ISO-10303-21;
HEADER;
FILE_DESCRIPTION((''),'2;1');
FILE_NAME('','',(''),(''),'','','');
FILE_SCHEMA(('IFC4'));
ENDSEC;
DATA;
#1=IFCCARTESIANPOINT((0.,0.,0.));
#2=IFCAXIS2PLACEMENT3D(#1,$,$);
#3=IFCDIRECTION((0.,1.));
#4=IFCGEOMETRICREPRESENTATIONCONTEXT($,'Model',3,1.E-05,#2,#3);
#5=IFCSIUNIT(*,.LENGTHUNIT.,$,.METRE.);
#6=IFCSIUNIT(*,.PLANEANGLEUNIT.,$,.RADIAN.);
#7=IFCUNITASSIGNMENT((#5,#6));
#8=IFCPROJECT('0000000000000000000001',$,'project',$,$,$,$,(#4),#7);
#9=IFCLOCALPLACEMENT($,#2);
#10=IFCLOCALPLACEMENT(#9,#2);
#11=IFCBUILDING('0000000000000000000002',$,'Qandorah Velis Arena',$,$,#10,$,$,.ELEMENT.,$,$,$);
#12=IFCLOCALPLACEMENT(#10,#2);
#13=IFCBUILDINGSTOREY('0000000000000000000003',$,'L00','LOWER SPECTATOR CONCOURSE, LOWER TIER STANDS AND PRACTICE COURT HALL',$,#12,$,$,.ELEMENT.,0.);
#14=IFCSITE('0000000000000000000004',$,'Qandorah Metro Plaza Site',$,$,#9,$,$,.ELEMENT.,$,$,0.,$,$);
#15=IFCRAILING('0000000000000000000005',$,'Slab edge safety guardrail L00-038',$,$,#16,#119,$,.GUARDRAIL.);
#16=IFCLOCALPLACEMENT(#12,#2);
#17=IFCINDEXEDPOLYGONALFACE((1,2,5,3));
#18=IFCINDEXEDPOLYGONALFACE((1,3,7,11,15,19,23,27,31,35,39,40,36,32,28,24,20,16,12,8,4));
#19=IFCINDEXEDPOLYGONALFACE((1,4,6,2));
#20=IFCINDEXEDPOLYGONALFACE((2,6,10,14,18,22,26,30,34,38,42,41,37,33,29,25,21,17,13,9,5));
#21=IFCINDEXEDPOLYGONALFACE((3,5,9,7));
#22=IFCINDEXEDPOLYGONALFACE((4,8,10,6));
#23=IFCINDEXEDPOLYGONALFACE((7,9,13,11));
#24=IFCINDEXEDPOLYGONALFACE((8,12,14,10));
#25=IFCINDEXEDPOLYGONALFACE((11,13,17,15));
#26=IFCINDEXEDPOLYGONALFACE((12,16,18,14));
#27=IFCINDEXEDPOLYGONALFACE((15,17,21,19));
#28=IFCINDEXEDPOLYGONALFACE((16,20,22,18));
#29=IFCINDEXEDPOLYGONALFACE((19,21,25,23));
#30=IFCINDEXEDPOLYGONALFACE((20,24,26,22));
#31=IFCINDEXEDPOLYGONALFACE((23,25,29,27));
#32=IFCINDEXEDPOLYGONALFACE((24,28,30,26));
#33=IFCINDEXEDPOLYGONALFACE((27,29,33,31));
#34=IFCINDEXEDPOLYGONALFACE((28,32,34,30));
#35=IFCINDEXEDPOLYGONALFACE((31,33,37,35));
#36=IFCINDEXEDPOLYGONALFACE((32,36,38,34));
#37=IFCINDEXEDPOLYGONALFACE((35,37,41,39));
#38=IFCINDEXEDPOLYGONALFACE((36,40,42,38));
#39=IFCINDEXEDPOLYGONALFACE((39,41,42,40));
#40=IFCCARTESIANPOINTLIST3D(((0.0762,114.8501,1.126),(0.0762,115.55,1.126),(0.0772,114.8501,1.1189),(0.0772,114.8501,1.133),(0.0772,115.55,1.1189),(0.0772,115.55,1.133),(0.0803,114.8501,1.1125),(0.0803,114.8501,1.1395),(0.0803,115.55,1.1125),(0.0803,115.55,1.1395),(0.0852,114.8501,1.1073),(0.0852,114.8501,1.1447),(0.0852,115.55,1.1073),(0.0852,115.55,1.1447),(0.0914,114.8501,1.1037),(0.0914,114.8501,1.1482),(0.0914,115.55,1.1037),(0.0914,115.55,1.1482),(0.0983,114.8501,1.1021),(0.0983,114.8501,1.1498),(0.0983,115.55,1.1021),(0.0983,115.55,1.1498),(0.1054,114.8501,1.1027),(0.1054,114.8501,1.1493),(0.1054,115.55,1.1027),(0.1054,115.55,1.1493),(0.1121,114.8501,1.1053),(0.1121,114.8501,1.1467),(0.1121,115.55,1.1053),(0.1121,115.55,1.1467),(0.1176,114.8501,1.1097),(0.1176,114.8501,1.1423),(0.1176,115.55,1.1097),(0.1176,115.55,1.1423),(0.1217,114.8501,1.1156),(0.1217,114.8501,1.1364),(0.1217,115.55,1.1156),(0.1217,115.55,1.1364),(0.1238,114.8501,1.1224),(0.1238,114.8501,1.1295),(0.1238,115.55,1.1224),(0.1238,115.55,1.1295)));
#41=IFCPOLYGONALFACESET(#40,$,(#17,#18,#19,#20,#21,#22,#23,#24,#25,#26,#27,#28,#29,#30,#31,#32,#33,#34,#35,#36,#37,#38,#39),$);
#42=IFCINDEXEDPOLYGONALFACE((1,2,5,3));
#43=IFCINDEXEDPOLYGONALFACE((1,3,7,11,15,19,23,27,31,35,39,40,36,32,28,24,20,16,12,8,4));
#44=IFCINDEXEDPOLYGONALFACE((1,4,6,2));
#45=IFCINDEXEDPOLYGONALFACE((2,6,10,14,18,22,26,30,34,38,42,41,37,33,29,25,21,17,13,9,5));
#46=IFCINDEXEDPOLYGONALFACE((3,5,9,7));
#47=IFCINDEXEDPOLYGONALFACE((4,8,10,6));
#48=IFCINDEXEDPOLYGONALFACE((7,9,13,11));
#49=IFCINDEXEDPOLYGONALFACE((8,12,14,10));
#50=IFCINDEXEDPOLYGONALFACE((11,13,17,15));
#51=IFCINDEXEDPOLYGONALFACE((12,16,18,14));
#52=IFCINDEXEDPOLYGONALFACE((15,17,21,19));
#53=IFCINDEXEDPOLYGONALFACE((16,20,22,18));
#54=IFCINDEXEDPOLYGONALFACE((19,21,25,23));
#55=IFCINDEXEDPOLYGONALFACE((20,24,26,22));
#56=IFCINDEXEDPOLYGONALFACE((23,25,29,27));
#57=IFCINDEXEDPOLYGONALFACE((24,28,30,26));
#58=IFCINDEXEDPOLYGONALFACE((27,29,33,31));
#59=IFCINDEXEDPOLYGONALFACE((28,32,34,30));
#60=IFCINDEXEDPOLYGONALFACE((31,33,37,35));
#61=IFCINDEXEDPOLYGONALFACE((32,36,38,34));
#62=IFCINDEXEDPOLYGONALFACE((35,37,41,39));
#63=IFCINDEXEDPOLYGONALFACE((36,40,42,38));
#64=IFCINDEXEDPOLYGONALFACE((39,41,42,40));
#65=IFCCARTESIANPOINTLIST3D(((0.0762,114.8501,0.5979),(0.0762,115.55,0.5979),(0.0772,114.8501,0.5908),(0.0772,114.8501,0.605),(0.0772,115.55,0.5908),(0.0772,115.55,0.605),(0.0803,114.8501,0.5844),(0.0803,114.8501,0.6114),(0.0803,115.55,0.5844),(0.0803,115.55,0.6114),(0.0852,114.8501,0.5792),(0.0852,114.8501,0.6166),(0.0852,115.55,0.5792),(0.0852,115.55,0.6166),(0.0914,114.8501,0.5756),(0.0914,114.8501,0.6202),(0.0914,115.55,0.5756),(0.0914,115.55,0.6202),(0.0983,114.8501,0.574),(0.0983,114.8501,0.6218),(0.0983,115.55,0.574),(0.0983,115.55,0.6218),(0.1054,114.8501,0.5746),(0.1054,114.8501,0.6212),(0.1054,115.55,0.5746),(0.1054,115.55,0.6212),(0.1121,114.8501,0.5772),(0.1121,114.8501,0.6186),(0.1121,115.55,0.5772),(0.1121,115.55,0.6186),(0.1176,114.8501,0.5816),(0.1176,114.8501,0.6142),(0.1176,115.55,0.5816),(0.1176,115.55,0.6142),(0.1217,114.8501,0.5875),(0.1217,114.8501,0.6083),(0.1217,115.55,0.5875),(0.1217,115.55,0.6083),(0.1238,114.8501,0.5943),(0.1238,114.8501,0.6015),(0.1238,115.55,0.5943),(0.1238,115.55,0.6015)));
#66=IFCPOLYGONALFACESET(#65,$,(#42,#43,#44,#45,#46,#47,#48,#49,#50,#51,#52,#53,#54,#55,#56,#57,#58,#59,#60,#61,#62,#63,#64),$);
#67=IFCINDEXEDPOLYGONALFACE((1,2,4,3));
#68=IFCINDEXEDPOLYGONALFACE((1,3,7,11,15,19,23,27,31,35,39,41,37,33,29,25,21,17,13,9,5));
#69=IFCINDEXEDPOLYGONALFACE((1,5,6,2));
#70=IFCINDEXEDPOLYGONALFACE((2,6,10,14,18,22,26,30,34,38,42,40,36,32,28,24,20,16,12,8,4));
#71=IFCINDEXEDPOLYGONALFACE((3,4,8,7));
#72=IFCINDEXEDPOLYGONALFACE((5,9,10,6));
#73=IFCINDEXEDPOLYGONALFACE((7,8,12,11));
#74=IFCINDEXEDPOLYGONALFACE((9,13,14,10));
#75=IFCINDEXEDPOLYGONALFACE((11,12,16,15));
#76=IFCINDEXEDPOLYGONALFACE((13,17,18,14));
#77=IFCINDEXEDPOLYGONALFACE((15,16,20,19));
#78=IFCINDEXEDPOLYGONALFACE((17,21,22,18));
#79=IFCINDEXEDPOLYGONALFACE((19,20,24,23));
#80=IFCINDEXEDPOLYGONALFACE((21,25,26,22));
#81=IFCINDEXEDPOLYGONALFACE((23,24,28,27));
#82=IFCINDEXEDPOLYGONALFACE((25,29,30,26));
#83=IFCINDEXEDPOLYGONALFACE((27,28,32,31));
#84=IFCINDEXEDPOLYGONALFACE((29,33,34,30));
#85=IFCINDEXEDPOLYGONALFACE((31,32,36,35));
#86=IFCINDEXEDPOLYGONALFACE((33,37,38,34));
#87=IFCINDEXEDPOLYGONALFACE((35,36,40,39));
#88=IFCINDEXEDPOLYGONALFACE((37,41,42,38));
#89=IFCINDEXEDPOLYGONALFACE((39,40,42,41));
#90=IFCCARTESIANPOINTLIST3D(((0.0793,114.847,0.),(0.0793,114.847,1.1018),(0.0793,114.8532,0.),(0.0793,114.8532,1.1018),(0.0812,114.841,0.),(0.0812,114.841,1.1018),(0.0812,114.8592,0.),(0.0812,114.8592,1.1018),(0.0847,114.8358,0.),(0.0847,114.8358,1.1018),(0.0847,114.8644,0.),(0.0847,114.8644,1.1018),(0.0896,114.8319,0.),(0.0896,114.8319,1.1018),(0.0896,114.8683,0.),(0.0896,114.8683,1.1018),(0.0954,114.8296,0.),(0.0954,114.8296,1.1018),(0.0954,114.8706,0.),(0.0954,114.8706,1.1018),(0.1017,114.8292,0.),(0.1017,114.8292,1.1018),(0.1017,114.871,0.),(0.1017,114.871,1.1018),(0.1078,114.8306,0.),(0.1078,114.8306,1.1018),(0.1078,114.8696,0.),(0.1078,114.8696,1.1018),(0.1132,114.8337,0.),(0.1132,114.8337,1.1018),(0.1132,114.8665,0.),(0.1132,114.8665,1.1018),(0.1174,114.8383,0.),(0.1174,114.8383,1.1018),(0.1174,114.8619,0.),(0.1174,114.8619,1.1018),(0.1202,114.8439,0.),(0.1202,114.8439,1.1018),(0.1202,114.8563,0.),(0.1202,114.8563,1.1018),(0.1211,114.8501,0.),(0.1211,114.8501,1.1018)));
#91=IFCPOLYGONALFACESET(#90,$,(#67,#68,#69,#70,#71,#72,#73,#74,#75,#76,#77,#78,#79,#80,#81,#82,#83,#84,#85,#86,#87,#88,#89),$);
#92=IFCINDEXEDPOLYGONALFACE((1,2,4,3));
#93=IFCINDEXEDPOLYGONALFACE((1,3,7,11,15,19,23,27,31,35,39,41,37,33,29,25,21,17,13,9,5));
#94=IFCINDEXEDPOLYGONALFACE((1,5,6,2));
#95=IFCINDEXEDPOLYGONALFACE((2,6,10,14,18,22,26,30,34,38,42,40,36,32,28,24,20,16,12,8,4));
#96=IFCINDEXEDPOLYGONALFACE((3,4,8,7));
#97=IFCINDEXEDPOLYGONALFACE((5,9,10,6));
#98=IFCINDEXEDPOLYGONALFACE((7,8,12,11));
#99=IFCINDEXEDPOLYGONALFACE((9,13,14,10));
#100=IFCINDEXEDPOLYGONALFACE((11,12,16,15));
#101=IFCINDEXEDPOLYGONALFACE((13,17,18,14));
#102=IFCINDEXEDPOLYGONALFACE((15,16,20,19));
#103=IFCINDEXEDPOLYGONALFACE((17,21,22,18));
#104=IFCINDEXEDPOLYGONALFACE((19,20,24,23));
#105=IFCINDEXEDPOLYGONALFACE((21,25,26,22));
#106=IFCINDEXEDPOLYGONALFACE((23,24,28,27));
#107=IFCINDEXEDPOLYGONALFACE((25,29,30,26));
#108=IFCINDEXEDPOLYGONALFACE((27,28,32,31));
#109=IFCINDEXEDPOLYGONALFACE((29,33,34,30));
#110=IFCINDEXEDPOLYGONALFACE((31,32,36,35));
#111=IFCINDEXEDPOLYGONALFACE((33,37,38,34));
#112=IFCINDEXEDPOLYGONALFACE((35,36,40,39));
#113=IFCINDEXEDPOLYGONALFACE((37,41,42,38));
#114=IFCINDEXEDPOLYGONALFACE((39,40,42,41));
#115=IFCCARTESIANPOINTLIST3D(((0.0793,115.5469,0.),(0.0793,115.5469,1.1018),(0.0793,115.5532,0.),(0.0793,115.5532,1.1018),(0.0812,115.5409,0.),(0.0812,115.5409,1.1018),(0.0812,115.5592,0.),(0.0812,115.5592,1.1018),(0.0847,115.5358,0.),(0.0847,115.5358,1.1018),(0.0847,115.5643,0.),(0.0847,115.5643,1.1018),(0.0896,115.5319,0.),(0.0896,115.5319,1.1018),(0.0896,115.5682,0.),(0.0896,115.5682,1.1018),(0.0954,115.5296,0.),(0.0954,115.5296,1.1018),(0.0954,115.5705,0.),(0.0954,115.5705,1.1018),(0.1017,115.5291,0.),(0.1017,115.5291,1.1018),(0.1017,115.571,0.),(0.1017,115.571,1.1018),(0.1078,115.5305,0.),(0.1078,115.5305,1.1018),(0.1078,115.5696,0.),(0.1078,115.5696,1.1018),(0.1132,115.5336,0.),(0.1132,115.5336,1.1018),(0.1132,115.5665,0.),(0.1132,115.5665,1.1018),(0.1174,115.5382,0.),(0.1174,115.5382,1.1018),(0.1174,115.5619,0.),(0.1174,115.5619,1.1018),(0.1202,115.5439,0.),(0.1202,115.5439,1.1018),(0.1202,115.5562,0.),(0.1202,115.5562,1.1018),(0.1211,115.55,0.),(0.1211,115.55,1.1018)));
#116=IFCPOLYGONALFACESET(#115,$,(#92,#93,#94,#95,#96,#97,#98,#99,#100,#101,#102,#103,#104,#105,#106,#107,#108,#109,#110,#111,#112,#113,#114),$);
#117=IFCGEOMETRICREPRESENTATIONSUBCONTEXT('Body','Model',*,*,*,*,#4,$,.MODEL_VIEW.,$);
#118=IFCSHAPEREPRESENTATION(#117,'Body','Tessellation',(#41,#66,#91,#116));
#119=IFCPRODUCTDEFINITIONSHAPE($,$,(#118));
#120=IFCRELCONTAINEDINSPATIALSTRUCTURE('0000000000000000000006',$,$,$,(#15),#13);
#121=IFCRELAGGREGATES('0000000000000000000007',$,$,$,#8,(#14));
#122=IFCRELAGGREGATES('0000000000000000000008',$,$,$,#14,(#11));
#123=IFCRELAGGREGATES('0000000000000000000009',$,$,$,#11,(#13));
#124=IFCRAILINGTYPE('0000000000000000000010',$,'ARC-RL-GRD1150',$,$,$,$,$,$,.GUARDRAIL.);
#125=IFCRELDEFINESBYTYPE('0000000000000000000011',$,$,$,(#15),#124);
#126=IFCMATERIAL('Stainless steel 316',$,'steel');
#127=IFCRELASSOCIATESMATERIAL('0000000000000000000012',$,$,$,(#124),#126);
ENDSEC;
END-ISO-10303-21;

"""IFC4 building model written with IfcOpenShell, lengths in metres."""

from ifc_helpers import new_model, si_unit, direction, frame, origin, origin_2d, place, context, subcontext, project, spatial, circle, extrude, material, type_object, element, save


model = new_model("IFC4")

# Units and contexts
model_context = context("Model", 3, precision=1e-05, world=origin(), true_north=direction((0.0, 1.0)))
body_context = subcontext(model_context, "Body", "Model", "MODEL_VIEW")
ifc_project = project(units=[si_unit("LENGTHUNIT", "METRE"), si_unit("PLANEANGLEUNIT", "RADIAN")], contexts=[model_context])

# Site, building, storey
site_placement = place(None, origin())
site = spatial("IfcSite", under=ifc_project, at=site_placement, Name="Qandorah Metro Plaza Site", CompositionType="ELEMENT", RefElevation=0.0)
building_placement = place(site_placement, origin())
building = spatial("IfcBuilding", under=site, at=building_placement, Name="Qandorah Velis Arena", CompositionType="ELEMENT")
storey_placement = place(building_placement, origin())
storey = spatial("IfcBuildingStorey", under=building, at=storey_placement, Name="L00", Description="LOWER SPECTATOR CONCOURSE, LOWER TIER STANDS AND PRACTICE COURT HALL", CompositionType="ELEMENT", Elevation=0.0)

# Railing
ifc_material_1 = material(Name="Stainless steel 316", Category="steel")
railing_type = type_object("IfcRailingType", Name="ARC-RL-GRD1150", PredefinedType="GUARDRAIL", material=ifc_material_1)
railing_1_placement = place(storey_placement, frame((0.1001, 114.8501, 0.0)))
element("IfcRailing", 1, at=railing_1_placement, inside=storey, type_object=railing_type, Name="Slab edge safety guardrail L00-038", PredefinedType="GUARDRAIL", context=body_context, shape_type="SweptSolid", body=[
    extrude(circle(Radius=0.0239, at=origin_2d()), frame((0.0, 0.0, 1.126), z_axis=(0.0, 1.0, 0.0), x_axis=(-1.0, 0.0, 0.0)), (0.0, 0.0, 1.0), 0.7),
    extrude(circle(Radius=0.0239, at=origin_2d()), frame((0.0, 0.0, 0.5979), z_axis=(0.0, 1.0, 0.0), x_axis=(-1.0, 0.0, 0.0)), (0.0, 0.0, 1.0), 0.7),
    extrude(circle(Radius=0.021, at=origin_2d()), origin(), (0.0, 0.0, 1.0), 1.1018),
    extrude(circle(Radius=0.021, at=origin_2d()), frame((0.0, 0.7, 0.0)), (0.0, 0.0, 1.0), 1.1018),
])

save(model, "model.ifc")
